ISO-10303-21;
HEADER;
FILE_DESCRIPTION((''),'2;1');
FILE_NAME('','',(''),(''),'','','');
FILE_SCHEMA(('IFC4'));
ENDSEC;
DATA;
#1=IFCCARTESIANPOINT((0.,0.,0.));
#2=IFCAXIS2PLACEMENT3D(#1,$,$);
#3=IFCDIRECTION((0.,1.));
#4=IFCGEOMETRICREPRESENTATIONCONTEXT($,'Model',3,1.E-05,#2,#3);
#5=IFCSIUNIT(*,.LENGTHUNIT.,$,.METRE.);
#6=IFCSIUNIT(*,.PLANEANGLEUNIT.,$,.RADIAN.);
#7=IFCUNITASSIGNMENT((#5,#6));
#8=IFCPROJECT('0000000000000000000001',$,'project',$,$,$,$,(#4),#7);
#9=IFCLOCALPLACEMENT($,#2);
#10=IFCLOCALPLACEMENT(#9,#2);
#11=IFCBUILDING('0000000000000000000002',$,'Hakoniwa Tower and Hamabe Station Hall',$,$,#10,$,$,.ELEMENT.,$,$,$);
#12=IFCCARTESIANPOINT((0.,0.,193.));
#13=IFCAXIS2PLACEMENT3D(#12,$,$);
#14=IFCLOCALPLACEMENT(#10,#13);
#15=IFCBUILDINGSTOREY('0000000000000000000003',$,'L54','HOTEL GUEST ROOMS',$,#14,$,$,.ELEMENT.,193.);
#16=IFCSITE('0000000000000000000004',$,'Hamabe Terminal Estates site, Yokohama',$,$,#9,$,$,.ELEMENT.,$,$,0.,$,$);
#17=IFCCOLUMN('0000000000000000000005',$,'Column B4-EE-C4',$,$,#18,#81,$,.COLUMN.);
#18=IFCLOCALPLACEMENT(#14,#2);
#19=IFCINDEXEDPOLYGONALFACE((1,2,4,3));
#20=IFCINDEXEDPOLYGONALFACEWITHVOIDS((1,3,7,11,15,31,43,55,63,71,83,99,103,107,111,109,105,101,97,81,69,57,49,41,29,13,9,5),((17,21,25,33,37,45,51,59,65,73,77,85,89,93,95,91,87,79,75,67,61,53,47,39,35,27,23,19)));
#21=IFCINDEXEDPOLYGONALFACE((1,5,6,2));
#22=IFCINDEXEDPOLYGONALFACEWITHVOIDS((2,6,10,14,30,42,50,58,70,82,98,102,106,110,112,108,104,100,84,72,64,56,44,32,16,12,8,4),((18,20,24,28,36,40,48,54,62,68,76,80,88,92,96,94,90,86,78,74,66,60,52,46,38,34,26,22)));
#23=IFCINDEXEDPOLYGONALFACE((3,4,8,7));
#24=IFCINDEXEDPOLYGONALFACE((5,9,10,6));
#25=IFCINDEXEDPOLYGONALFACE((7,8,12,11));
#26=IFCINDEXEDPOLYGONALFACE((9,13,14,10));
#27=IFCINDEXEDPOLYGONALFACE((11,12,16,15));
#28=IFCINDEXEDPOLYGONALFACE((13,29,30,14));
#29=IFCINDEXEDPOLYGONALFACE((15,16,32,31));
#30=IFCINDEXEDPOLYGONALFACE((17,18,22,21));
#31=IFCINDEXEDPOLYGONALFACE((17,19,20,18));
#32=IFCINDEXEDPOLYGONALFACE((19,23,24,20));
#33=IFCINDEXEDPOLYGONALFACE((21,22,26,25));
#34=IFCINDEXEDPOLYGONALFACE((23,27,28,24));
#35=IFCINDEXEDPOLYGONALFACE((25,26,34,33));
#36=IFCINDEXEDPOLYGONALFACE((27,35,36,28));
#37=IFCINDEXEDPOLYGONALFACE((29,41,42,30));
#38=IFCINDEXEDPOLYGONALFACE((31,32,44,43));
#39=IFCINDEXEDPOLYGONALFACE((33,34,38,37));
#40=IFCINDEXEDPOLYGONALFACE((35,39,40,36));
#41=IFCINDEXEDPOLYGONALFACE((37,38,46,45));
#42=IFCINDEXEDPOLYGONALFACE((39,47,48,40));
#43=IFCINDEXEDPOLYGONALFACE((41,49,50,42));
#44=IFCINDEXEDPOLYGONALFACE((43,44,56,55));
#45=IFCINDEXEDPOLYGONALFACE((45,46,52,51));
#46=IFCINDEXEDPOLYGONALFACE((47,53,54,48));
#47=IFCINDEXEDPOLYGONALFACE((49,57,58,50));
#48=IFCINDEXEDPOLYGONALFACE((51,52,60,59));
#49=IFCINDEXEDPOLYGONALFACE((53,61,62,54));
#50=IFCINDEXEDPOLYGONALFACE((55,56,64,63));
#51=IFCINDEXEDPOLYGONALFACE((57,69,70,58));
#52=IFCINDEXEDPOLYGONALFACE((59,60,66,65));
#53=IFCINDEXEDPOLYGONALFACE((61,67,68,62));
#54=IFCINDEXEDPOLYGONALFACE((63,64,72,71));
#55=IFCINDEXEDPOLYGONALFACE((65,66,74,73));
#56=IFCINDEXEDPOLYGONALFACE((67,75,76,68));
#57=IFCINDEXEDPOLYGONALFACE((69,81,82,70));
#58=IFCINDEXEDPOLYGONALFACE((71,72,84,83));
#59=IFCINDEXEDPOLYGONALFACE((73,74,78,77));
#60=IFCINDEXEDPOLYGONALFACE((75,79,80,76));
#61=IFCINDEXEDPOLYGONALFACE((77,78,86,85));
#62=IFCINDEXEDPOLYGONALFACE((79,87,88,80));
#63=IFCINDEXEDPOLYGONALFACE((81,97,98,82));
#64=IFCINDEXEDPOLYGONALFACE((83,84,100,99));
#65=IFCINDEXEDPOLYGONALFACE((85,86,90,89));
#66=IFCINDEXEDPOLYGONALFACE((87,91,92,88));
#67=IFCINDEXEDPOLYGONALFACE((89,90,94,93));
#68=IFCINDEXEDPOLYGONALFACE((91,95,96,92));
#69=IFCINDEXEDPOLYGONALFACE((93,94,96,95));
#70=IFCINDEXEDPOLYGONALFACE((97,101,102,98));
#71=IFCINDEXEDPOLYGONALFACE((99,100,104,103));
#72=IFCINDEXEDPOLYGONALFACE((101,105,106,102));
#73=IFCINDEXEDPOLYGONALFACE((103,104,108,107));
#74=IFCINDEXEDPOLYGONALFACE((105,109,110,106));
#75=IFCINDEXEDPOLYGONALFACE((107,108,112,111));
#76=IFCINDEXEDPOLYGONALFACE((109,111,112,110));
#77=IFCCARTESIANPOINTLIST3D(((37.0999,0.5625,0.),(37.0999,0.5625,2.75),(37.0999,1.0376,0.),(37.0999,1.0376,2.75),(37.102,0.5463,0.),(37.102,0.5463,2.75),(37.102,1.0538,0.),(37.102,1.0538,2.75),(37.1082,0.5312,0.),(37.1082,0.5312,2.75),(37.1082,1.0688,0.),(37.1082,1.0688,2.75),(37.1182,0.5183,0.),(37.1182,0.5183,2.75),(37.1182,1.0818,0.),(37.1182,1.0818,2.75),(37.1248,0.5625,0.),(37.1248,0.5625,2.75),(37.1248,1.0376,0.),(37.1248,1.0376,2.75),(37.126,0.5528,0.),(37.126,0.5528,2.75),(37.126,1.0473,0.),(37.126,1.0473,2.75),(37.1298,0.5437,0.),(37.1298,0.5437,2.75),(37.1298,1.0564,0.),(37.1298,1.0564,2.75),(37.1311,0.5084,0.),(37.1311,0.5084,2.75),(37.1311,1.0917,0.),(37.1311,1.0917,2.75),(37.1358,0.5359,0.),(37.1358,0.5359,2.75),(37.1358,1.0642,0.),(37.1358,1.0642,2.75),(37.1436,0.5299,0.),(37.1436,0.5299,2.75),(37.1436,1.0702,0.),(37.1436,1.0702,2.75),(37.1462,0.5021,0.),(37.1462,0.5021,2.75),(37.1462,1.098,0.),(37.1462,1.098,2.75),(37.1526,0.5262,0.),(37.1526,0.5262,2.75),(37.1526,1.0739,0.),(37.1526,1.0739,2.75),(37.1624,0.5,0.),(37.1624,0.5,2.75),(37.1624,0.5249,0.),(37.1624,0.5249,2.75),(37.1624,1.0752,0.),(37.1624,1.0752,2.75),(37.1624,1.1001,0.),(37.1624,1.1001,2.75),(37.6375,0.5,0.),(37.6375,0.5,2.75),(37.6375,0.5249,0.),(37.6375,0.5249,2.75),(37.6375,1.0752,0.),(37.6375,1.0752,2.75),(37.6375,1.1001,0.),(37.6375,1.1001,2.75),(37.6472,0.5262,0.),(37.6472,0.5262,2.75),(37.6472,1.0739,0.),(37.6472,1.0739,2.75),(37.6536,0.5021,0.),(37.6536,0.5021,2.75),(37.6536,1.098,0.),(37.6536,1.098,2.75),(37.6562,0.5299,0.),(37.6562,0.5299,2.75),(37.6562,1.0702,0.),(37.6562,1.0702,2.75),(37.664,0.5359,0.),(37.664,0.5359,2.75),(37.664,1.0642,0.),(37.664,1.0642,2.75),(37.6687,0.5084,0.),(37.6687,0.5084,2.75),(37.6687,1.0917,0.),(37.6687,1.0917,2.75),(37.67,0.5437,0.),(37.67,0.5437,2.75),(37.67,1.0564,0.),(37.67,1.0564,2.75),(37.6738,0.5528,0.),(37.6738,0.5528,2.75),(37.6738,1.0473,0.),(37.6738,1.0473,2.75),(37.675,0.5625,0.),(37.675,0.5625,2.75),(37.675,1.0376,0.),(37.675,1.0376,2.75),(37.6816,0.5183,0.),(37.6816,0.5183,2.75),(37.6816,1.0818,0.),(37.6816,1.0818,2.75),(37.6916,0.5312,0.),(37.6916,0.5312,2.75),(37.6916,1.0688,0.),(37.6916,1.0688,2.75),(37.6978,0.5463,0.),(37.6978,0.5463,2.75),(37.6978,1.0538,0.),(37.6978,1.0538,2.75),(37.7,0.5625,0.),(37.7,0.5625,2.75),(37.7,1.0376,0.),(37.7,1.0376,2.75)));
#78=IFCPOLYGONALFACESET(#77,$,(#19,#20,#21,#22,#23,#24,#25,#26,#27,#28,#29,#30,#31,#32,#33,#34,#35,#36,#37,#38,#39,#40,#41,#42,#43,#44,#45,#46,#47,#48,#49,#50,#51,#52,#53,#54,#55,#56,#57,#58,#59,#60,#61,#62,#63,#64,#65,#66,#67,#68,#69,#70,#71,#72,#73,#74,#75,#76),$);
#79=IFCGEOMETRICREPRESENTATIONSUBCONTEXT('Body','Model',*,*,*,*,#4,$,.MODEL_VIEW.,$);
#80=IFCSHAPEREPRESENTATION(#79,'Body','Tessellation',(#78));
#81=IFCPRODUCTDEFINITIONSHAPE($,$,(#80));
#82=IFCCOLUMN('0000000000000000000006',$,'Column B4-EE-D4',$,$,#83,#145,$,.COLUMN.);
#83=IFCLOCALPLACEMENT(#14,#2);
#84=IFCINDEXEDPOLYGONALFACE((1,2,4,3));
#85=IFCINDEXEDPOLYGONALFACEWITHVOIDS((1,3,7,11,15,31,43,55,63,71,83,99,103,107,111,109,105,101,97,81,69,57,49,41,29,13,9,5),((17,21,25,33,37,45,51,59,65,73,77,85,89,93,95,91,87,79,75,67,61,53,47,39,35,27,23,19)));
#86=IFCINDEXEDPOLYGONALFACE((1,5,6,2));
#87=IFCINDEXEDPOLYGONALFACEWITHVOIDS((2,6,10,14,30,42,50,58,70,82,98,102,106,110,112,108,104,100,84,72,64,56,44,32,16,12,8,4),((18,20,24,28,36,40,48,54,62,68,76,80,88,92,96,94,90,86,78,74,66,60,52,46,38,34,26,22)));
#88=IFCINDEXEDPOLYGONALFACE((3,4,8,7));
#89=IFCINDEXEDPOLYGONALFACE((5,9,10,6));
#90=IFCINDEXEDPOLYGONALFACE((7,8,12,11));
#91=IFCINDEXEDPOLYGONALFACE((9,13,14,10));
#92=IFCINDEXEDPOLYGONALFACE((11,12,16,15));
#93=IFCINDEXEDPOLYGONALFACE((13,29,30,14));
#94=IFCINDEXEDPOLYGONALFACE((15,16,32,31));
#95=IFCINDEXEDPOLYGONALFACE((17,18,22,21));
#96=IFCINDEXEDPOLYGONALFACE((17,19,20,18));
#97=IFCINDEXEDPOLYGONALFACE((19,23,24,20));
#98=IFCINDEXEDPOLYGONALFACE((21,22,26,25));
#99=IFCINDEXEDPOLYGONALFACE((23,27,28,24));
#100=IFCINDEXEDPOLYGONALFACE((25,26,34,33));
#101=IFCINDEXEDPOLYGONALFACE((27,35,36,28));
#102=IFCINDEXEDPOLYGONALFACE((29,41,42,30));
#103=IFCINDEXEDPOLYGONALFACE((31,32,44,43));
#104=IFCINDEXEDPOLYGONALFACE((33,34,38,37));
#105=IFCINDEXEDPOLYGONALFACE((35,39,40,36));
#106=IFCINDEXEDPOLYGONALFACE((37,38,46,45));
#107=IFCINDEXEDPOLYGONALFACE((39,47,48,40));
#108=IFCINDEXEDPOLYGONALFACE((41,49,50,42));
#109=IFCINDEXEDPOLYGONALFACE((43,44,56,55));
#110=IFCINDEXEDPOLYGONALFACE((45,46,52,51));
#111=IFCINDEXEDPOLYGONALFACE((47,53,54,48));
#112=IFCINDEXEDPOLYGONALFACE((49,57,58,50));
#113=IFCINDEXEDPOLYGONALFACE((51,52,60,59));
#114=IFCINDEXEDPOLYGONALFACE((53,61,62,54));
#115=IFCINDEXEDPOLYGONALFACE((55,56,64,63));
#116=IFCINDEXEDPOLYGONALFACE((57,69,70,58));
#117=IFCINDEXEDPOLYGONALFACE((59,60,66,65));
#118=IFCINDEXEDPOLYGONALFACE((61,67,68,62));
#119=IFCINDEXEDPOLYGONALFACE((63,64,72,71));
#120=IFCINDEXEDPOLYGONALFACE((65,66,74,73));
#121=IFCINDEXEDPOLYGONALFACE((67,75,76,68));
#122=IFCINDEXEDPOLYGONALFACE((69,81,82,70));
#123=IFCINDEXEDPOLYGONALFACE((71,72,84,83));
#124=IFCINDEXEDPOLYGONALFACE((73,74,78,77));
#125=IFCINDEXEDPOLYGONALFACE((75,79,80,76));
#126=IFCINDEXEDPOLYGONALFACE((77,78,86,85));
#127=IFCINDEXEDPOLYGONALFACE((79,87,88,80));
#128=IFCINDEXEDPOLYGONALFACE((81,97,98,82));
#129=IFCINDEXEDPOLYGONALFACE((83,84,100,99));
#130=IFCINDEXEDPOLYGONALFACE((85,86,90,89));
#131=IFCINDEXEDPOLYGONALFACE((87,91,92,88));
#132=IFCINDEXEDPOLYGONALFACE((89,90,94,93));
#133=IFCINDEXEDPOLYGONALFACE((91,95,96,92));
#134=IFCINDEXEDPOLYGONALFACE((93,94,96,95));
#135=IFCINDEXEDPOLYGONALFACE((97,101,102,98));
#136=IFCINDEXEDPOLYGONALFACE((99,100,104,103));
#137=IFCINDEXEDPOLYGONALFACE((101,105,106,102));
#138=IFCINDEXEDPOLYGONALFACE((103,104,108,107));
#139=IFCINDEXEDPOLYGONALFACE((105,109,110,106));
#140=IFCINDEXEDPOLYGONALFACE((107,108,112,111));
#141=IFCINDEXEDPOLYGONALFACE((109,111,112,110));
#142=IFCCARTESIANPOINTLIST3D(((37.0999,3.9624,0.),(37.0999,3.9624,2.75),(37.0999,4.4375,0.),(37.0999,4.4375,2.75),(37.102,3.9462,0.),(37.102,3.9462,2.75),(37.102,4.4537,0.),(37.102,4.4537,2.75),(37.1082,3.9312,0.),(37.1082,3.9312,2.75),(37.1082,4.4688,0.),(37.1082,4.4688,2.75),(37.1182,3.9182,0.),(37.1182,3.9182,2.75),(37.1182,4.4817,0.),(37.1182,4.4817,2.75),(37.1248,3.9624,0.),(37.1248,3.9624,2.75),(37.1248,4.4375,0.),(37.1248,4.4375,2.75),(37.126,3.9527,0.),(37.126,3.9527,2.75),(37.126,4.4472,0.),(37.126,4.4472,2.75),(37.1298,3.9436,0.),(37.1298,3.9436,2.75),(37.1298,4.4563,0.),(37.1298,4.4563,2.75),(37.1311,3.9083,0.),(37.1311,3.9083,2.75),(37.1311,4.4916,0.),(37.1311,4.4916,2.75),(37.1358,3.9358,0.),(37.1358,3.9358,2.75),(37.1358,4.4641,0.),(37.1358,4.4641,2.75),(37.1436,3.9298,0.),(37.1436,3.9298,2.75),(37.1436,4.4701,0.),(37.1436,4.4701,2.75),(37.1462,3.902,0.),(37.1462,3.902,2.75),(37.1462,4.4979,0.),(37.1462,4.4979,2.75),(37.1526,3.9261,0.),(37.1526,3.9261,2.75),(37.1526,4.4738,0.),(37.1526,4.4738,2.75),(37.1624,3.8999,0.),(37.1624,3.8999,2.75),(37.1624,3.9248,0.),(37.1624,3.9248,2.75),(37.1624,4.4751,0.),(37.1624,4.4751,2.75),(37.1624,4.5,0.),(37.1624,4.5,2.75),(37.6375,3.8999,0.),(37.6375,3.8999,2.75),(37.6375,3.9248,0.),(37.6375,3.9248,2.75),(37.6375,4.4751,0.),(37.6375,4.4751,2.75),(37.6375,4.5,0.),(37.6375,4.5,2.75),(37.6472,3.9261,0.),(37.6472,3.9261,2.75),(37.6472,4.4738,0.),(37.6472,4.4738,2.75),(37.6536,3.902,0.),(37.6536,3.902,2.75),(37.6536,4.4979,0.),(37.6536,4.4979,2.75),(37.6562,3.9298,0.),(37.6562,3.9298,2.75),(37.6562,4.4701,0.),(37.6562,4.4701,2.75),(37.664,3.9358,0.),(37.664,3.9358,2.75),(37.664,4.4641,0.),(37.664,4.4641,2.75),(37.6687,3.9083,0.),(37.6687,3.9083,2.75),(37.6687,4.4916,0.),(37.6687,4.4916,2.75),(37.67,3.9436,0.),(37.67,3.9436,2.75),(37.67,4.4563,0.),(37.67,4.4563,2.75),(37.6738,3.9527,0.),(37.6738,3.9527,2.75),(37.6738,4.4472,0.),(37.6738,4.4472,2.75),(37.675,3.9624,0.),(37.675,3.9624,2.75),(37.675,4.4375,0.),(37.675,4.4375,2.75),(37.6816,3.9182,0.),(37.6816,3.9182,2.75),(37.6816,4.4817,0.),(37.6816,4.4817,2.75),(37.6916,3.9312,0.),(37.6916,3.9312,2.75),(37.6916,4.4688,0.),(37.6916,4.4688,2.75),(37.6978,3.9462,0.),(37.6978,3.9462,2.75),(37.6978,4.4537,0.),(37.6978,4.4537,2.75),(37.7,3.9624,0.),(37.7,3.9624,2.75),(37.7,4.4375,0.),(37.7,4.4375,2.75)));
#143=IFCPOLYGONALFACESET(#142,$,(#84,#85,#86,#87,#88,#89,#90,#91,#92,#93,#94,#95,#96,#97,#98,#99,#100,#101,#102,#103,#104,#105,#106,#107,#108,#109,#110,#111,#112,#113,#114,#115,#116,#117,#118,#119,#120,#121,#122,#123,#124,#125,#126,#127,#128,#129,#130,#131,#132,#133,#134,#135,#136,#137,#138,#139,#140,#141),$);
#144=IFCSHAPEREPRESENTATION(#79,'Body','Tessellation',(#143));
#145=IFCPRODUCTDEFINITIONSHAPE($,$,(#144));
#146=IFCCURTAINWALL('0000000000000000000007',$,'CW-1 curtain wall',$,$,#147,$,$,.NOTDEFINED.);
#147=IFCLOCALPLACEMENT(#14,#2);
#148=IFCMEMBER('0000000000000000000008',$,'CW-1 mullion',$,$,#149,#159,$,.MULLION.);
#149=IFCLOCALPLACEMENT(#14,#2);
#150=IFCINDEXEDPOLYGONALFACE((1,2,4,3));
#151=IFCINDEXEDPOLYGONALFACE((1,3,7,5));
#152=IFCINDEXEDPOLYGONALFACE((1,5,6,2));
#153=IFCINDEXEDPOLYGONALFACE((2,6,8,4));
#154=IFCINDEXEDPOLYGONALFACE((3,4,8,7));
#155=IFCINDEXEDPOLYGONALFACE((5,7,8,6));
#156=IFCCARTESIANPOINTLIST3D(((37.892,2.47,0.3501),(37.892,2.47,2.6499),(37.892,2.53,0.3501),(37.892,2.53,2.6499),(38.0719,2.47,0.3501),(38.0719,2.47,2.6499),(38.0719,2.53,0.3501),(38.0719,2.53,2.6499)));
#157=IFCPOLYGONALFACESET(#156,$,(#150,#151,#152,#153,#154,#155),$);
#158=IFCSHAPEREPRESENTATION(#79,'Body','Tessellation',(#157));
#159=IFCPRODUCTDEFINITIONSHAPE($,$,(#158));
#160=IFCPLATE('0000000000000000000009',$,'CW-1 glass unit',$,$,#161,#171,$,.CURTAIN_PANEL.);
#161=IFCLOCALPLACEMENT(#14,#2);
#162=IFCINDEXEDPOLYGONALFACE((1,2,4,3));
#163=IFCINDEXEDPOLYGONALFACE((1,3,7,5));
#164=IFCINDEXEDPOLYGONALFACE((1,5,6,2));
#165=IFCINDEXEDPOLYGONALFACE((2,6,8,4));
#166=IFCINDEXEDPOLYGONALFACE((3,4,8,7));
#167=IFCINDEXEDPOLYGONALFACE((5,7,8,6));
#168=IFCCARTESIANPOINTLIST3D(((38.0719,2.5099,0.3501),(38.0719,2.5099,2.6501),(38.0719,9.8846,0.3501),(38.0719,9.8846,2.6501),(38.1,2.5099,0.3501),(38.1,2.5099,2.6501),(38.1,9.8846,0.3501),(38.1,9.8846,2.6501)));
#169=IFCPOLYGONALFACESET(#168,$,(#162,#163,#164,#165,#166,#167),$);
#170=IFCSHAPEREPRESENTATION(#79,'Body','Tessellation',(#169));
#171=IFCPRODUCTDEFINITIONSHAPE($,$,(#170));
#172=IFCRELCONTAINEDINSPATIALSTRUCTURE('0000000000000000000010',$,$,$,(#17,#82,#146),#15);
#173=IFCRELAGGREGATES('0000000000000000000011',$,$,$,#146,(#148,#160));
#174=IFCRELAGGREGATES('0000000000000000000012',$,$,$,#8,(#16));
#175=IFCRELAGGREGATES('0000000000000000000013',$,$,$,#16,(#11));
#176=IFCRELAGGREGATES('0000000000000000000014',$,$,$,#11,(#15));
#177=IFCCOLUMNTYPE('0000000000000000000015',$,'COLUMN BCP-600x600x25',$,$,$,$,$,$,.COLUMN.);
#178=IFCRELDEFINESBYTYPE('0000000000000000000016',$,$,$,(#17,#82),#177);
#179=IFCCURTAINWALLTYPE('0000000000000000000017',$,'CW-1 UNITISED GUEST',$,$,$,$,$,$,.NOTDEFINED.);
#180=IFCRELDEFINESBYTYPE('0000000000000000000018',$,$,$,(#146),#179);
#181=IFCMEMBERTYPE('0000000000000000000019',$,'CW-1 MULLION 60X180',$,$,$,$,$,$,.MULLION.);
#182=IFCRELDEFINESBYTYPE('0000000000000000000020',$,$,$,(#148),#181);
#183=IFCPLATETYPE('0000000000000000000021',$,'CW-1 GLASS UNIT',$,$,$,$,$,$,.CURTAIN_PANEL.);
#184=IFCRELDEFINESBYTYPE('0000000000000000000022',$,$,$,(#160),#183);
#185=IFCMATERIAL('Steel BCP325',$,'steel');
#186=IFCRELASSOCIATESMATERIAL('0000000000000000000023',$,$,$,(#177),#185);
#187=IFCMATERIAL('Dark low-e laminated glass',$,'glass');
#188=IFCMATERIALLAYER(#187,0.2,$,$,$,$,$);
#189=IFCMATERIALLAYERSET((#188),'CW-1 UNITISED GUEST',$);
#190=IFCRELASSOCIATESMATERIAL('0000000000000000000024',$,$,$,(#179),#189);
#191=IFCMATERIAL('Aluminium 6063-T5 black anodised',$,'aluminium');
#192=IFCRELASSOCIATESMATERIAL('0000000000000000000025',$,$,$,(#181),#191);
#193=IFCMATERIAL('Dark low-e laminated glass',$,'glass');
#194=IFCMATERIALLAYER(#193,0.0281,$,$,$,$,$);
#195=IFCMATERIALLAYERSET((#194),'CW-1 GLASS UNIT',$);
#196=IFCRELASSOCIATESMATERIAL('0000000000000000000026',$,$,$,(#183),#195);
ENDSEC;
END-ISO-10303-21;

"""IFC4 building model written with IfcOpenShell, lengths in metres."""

from ifc_helpers import new_model, si_unit, direction, frame, origin, origin_2d, place, context, subcontext, project, spatial, rectangle, hollow_rectangle, extrude, material, layer, layer_set, material_profile, profile_set, type_object, element, aggregate, save


model = new_model("IFC4")

# Units and contexts
model_context = context("Model", 3, precision=1e-05, world=origin(), true_north=direction((0.0, 1.0)))
body_context = subcontext(model_context, "Body", "Model", "MODEL_VIEW")
ifc_project = project(units=[si_unit("LENGTHUNIT", "METRE"), si_unit("PLANEANGLEUNIT", "RADIAN")], contexts=[model_context])

# Site, building, storey
site_placement = place(None, origin())
site = spatial("IfcSite", under=ifc_project, at=site_placement, Name="Hamabe Terminal Estates site, Yokohama", CompositionType="ELEMENT", RefElevation=0.0)
building_placement = place(site_placement, origin())
building = spatial("IfcBuilding", under=site, at=building_placement, Name="Hakoniwa Tower and Hamabe Station Hall", CompositionType="ELEMENT")
storey_placement = place(building_placement, frame((0.0, 0.0, 193.0)))
storey = spatial("IfcBuildingStorey", under=building, at=storey_placement, Name="L54", Description="HOTEL GUEST ROOMS", CompositionType="ELEMENT", Elevation=193.0)

# Columns
ifc_material_1 = material(Name="Steel BCP325", Category="steel")
ifc_material_profile_1 = material_profile(ifc_material_1, hollow_rectangle(XDim=0.6001, YDim=0.6001, WallThickness=0.0249, InnerFilletRadius=0.0376, OuterFilletRadius=0.0625, at=origin_2d()), Name="BCP-600x600x25")
ifc_profile_set_1 = profile_set([ifc_material_profile_1], Name="Steel BCP325")
column_type = type_object("IfcColumnType", Name="COLUMN BCP-600x600x25", PredefinedType="COLUMN", material=ifc_profile_set_1)
for number, where, z_axis, x_axis, name in (
    (1, (37.3999, 0.8, 0.0), (0.0, 0.0, 1.0), (1.0, 0.0, 0.0), "Column B4-EE-C4"),
    (2, (37.3999, 4.2, 0.0), (0.0, 0.0, 1.0), (1.0, 0.0, 0.0), "Column B4-EE-D4"),
):
    element("IfcColumn", number, at=place(storey_placement, frame(where, z_axis=z_axis, x_axis=x_axis)), inside=storey, type_object=column_type, Name=name, PredefinedType="COLUMN", context=body_context, shape_type="SweptSolid", body=[
        extrude(hollow_rectangle(XDim=0.6001, YDim=0.6001, WallThickness=0.0249, InnerFilletRadius=0.0376, OuterFilletRadius=0.0625, at=origin_2d()), origin(), (0.0, 0.0, 1.0), 2.75),
    ])

# Curtain wall, member, plate
ifc_material_2 = material(Name="Dark low-e laminated glass", Category="glass")
ifc_layer_1 = layer(ifc_material_2, 0.2)
ifc_layer_set_1 = layer_set([ifc_layer_1], Name="CW-1 UNITISED GUEST")
curtain_wall_type = type_object("IfcCurtainWallType", Name="CW-1 UNITISED GUEST", PredefinedType="NOTDEFINED", material=ifc_layer_set_1)
curtain_wall_placement = place(storey_placement, origin())
curtain_wall = element("IfcCurtainWall", 3, at=curtain_wall_placement, inside=storey, type_object=curtain_wall_type, Name="CW-1 curtain wall", PredefinedType="NOTDEFINED")
ifc_material_3 = material(Name="Aluminium 6063-T5 black anodised", Category="aluminium")
ifc_material_profile_2 = material_profile(ifc_material_3, rectangle(XDim=0.0601, YDim=0.1799, at=origin_2d()), Name="CW-1 MULLION 60X180")
ifc_profile_set_2 = profile_set([ifc_material_profile_2], Name="Aluminium 6063-T5 black anodised")
member_type = type_object("IfcMemberType", Name="CW-1 MULLION 60X180", PredefinedType="MULLION", material=ifc_profile_set_2)
member_placement = place(storey_placement, frame((37.9819, 2.5, 0.3501), z_axis=(0.0, 0.0, 1.0), x_axis=(0.0, 1.0, 0.0)))
member = element("IfcMember", 4, at=member_placement, type_object=member_type, Name="CW-1 mullion", PredefinedType="MULLION", context=body_context, shape_type="SweptSolid", body=[
    extrude(rectangle(XDim=0.0601, YDim=0.1799, at=origin_2d()), origin(), (0.0, 0.0, 1.0), 2.2998),
])
ifc_material_4 = material(Name="Dark low-e laminated glass", Category="glass")
ifc_layer_2 = layer(ifc_material_4, 0.0281)
ifc_layer_set_2 = layer_set([ifc_layer_2], Name="CW-1 GLASS UNIT")
plate_type = type_object("IfcPlateType", Name="CW-1 GLASS UNIT", PredefinedType="CURTAIN_PANEL", material=ifc_layer_set_2)
plate_placement = place(storey_placement, frame((38.0859, 6.1973, 0.3501), z_axis=(0.0, 0.0, 1.0), x_axis=(0.0, 1.0, 0.0)))
plate = element("IfcPlate", 5, at=plate_placement, type_object=plate_type, Name="CW-1 glass unit", PredefinedType="CURTAIN_PANEL", context=body_context, shape_type="SweptSolid", body=[
    extrude(rectangle(XDim=7.3748, YDim=0.0281, at=origin_2d()), origin(), (0.0, 0.0, 1.0), 2.3),
])
aggregate(curtain_wall, [member, plate])

save(model, "model.ifc")
